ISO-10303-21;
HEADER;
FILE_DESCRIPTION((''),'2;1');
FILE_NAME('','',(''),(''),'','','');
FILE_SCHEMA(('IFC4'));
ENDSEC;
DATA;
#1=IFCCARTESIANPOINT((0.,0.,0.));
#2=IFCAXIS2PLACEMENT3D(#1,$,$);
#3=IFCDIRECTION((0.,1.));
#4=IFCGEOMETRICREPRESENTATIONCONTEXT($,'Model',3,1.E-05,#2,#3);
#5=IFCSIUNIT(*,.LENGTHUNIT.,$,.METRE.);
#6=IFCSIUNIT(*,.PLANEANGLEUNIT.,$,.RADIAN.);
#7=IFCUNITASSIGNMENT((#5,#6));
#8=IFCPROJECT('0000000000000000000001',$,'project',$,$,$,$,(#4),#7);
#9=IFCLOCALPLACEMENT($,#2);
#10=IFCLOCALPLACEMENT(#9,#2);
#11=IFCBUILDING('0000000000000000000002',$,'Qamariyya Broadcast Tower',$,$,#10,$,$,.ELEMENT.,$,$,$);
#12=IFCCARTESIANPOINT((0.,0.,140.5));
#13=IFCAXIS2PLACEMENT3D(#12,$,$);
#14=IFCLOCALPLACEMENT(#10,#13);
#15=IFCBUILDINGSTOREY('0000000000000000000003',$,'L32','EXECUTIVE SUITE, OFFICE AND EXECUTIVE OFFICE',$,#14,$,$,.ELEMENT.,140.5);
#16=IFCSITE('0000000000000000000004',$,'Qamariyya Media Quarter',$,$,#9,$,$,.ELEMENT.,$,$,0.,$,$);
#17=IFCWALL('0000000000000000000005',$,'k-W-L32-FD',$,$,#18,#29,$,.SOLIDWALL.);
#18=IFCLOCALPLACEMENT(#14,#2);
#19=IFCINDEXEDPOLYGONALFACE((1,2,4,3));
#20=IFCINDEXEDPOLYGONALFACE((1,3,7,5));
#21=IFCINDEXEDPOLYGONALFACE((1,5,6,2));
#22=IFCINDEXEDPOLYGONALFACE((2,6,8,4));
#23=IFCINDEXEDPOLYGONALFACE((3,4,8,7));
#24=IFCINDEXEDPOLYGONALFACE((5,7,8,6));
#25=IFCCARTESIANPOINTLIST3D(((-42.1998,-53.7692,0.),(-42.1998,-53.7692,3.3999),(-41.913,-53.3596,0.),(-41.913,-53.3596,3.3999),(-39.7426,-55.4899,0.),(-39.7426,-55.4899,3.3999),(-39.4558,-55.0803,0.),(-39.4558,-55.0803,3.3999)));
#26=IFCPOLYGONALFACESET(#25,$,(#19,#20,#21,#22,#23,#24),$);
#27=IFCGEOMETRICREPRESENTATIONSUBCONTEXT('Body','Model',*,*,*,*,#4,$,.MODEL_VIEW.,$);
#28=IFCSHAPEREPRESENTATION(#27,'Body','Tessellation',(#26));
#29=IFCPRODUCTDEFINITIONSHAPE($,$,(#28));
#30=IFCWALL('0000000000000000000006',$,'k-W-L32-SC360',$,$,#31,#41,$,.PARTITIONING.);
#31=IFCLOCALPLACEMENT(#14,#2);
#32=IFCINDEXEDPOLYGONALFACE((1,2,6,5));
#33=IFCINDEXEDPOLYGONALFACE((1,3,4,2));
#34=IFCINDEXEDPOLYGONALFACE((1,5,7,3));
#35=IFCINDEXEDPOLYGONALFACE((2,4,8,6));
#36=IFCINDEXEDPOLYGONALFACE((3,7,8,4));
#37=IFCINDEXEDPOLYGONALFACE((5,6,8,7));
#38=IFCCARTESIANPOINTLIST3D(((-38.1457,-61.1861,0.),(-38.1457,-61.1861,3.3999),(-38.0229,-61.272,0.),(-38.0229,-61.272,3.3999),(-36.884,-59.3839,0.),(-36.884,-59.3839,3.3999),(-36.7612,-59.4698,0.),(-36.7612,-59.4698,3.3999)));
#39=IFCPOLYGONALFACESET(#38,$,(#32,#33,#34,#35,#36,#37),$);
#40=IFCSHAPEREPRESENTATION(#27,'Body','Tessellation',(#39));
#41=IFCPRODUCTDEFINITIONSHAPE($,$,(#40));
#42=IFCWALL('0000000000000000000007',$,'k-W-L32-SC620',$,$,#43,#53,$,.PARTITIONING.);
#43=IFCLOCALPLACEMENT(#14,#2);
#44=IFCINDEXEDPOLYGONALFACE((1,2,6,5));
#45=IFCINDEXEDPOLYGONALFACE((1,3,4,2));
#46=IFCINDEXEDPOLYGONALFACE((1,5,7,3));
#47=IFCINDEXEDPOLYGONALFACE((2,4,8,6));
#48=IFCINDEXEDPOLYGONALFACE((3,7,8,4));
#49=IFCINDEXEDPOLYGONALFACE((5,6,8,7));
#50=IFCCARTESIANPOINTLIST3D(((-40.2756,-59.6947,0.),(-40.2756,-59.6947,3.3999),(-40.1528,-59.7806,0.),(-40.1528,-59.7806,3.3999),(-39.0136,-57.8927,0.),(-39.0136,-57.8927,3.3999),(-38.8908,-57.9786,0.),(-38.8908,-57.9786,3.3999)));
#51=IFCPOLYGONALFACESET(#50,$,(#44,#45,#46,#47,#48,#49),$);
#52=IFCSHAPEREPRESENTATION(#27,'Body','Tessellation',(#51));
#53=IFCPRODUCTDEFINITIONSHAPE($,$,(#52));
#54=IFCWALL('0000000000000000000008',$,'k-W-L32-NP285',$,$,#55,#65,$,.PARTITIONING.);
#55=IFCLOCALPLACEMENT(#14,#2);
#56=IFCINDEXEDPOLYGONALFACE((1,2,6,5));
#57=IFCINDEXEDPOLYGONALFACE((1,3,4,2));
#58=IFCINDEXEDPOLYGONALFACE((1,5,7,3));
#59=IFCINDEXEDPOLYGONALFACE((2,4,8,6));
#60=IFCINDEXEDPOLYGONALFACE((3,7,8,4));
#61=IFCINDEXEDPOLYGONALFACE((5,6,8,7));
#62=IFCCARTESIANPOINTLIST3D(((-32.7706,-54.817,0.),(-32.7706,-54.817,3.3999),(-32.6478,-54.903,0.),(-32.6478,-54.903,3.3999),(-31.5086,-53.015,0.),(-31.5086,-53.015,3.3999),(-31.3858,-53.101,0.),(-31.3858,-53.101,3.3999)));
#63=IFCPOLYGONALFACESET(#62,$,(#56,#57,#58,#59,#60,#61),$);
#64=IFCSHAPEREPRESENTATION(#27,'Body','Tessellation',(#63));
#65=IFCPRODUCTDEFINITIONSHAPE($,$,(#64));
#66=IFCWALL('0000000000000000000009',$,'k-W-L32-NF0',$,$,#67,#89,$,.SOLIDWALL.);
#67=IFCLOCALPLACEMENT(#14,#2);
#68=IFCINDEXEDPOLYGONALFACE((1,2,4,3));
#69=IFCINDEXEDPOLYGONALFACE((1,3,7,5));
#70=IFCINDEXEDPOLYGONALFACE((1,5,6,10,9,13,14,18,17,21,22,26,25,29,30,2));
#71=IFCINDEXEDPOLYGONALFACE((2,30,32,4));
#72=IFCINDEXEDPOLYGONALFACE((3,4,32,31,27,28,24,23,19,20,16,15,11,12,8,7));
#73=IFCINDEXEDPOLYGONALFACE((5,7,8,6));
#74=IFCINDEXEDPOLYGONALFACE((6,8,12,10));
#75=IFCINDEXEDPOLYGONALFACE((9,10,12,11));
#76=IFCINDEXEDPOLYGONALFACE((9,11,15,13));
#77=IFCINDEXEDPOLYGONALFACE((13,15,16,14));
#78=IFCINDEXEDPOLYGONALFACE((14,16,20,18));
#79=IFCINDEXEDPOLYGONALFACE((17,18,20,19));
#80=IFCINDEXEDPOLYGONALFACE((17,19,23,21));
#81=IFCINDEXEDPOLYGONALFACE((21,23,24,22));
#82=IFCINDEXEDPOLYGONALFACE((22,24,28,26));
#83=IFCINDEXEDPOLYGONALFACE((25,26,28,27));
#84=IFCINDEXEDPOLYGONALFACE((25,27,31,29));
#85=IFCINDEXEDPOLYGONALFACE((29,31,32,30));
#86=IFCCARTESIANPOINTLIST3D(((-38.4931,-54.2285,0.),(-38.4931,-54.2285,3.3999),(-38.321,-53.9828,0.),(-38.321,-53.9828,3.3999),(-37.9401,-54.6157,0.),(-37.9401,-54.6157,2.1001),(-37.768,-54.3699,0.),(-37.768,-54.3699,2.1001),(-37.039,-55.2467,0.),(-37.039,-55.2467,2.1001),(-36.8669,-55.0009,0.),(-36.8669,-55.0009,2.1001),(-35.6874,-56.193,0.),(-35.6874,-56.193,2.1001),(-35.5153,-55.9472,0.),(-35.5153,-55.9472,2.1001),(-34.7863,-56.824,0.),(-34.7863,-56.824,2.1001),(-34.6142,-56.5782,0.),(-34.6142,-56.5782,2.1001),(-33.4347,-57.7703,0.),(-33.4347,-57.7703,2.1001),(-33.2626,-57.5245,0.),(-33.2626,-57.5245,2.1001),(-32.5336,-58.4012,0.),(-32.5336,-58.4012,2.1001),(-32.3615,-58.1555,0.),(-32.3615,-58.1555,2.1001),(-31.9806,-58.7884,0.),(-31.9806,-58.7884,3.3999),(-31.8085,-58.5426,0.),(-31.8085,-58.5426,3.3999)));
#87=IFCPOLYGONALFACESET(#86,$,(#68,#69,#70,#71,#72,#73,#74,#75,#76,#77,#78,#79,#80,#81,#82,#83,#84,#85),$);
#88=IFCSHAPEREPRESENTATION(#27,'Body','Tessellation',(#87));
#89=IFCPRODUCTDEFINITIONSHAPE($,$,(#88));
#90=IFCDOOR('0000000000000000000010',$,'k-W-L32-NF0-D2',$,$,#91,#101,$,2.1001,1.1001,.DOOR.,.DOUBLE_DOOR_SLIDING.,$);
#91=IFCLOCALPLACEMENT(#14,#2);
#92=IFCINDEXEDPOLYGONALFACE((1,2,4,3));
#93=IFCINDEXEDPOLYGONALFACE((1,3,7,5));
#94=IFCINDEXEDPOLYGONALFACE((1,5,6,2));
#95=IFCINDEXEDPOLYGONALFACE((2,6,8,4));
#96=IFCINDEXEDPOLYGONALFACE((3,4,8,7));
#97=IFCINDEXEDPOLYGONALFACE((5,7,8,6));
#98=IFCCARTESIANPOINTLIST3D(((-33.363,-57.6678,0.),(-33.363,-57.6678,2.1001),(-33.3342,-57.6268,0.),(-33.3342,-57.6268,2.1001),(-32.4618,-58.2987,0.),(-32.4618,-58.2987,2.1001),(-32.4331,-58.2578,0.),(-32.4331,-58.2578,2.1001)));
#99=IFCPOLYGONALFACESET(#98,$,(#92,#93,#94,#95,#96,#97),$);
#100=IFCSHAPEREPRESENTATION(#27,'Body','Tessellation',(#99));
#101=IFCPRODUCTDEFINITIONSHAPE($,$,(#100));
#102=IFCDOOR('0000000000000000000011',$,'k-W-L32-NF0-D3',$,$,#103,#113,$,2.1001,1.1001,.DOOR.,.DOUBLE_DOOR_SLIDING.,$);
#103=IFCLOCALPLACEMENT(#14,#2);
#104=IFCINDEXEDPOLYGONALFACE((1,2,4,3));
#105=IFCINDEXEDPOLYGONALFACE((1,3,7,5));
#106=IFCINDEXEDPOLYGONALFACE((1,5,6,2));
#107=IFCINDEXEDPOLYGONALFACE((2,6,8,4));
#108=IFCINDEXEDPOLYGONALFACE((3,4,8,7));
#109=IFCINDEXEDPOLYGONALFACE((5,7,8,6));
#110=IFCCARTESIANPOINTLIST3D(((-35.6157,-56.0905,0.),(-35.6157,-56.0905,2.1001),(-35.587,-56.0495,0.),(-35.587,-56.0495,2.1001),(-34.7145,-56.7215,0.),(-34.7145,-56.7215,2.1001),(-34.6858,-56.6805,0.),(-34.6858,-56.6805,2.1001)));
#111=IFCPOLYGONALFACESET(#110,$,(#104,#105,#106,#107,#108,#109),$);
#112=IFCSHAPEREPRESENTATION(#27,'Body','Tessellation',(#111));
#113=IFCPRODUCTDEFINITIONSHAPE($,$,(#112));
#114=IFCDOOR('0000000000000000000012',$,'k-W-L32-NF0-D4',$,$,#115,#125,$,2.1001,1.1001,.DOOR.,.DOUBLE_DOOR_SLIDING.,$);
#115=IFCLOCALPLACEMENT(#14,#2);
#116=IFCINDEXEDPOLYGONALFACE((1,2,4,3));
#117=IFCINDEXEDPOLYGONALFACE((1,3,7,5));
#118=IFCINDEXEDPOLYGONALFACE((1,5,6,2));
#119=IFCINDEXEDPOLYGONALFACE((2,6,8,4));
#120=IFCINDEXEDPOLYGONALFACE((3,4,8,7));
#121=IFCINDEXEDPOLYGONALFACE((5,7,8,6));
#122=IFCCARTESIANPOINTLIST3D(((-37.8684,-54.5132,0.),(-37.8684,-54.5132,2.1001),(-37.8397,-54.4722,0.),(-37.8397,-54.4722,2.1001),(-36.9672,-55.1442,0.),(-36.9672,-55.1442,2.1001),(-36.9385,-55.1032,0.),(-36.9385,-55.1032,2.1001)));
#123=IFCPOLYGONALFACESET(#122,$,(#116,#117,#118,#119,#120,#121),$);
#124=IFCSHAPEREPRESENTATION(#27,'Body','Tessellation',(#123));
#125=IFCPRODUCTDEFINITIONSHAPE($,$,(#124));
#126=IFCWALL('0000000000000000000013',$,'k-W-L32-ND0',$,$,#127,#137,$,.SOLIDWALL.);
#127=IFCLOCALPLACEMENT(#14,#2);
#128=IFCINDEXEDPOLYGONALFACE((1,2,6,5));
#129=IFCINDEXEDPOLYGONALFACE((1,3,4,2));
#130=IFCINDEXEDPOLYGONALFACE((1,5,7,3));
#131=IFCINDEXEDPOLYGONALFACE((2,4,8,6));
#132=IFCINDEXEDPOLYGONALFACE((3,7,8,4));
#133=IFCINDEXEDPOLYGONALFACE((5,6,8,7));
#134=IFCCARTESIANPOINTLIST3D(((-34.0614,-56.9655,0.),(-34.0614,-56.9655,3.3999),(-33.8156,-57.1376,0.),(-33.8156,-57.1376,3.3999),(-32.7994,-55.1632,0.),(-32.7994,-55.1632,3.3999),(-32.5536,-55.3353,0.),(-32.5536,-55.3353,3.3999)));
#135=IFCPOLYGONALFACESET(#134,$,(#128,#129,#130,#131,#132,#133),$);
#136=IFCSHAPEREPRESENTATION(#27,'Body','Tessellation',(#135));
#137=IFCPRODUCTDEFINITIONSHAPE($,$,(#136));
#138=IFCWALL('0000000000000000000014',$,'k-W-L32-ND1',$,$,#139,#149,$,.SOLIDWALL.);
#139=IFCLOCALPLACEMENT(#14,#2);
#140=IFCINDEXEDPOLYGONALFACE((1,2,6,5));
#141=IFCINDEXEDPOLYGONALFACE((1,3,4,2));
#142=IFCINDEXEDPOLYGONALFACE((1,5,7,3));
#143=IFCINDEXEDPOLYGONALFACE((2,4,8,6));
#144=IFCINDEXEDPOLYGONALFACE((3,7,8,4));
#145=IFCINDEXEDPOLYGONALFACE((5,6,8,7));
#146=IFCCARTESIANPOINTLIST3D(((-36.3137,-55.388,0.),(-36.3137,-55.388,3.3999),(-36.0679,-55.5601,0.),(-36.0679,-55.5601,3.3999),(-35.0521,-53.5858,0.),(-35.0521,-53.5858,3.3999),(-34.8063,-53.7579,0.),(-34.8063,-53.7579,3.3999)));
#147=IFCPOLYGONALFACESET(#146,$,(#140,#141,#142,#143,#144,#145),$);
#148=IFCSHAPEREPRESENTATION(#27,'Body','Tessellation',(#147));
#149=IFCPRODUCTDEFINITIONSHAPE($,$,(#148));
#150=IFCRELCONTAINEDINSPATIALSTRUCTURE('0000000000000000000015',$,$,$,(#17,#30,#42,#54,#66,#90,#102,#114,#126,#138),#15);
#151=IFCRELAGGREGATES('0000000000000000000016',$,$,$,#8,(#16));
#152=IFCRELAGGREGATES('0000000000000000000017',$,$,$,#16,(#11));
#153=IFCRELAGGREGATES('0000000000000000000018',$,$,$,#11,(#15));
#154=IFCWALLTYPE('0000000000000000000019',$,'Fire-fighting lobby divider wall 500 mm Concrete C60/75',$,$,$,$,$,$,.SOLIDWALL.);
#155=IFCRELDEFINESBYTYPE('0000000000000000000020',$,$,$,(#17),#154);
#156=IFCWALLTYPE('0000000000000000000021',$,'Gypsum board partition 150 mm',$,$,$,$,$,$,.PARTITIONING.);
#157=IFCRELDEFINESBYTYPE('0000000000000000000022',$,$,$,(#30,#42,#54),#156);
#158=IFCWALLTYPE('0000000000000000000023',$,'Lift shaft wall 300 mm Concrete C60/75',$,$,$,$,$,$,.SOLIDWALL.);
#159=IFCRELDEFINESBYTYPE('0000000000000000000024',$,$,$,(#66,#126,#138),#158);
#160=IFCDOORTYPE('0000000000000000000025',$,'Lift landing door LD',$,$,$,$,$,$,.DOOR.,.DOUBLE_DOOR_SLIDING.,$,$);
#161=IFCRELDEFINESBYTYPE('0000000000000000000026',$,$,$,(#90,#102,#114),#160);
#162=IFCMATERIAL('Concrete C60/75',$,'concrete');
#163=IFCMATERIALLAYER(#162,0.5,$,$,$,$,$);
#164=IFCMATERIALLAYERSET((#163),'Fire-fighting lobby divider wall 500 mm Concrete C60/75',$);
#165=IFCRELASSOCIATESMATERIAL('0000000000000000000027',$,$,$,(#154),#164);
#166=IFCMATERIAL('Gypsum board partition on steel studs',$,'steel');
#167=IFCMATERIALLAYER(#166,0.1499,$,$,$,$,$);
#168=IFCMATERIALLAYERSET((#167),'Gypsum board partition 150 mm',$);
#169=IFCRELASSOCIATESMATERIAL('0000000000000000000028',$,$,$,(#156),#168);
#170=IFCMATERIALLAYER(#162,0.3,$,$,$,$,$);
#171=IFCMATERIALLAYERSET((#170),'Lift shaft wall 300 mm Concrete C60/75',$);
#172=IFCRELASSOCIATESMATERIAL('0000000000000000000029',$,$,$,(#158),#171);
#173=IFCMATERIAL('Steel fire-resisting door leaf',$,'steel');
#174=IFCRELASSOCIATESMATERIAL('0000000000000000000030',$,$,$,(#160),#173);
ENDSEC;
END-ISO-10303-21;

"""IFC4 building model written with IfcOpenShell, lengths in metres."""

from ifc_helpers import new_model, si_unit, direction, frame, frame_2d, origin, place, context, subcontext, project, spatial, rectangle, extrude, material, layer, layer_set, type_object, element, fill, save


model = new_model("IFC4")

# Units and contexts
model_context = context("Model", 3, precision=1e-05, world=origin(), true_north=direction((0.0, 1.0)))
body_context = subcontext(model_context, "Body", "Model", "MODEL_VIEW")
ifc_project = project(units=[si_unit("LENGTHUNIT", "METRE"), si_unit("PLANEANGLEUNIT", "RADIAN")], contexts=[model_context])

# Site, building, storey
site_placement = place(None, origin())
site = spatial("IfcSite", under=ifc_project, at=site_placement, Name="Qamariyya Media Quarter", CompositionType="ELEMENT", RefElevation=0.0)
building_placement = place(site_placement, origin())
building = spatial("IfcBuilding", under=site, at=building_placement, Name="Qamariyya Broadcast Tower", CompositionType="ELEMENT")
storey_placement = place(building_placement, frame((0.0, 0.0, 140.5)))
storey = spatial("IfcBuildingStorey", under=building, at=storey_placement, Name="L32", Description="EXECUTIVE SUITE, OFFICE AND EXECUTIVE OFFICE", CompositionType="ELEMENT", Elevation=140.5)

# Walls
ifc_material_1 = material(Name="Concrete C60/75", Category="concrete")
ifc_layer_1 = layer(ifc_material_1, 0.5)
ifc_layer_set_1 = layer_set([ifc_layer_1], Name="Fire-fighting lobby divider wall 500 mm Concrete C60/75")
wall_type_1 = type_object("IfcWallType", Name="Fire-fighting lobby divider wall 500 mm Concrete C60/75", PredefinedType="SOLIDWALL", material=ifc_layer_set_1)
wall_1_placement = place(storey_placement, frame((-39.5991, -55.2852, 0.0), z_axis=(0.0, 0.0, 1.0), x_axis=(-0.819136, 0.573599, 0.0)))
element("IfcWall", 1, at=wall_1_placement, inside=storey, type_object=wall_type_1, Name="k-W-L32-FD", PredefinedType="SOLIDWALL", context=body_context, shape_type="SweptSolid", body=[
    extrude(rectangle(XDim=2.9998, YDim=0.5, at=frame_2d((1.5, 0.0))), origin(), (0.0, 0.0, 1.0), 3.3999),
])
ifc_material_2 = material(Name="Gypsum board partition on steel studs", Category="steel")
ifc_layer_2 = layer(ifc_material_2, 0.1499)
ifc_layer_set_2 = layer_set([ifc_layer_2], Name="Gypsum board partition 150 mm")
wall_type_2 = type_object("IfcWallType", Name="Gypsum board partition 150 mm", PredefinedType="PARTITIONING", material=ifc_layer_set_2)
for number, where, z_axis, x_axis, name in (
    (2, (-36.8225, -59.4268, 0.0), (0.0, 0.0, 1.0), (-0.573507, -0.819201, 0.0), "k-W-L32-SC360"),
    (3, (-38.9521, -57.9355, 0.0), (0.0, 0.0, 1.0), (-0.573634, -0.819112, 0.0), "k-W-L32-SC620"),
    (4, (-32.7092, -54.8601, 0.0), (0.0, 0.0, 1.0), (0.573634, 0.819112, 0.0), "k-W-L32-NP285"),
):
    element("IfcWall", number, at=place(storey_placement, frame(where, z_axis=z_axis, x_axis=x_axis)), inside=storey, type_object=wall_type_2, Name=name, PredefinedType="PARTITIONING", context=body_context, shape_type="SweptSolid", body=[
        extrude(rectangle(XDim=2.2, YDim=0.1499, at=frame_2d((1.1001, 0.0))), origin(), (0.0, 0.0, 1.0), 3.3999),
    ])

# Wall, openings, doors
ifc_layer_3 = layer(ifc_material_1, 0.3)
ifc_layer_set_3 = layer_set([ifc_layer_3], Name="Lift shaft wall 300 mm Concrete C60/75")
wall_type_3 = type_object("IfcWallType", Name="Lift shaft wall 300 mm Concrete C60/75", PredefinedType="SOLIDWALL", material=ifc_layer_set_3)
wall_2_placement = place(storey_placement, frame((-31.8945, -58.6655, 0.0), z_axis=(0.0, 0.0, 1.0), x_axis=(-0.819167, 0.573555, 0.0)))
wall_2 = element("IfcWall", 5, at=wall_2_placement, inside=storey, type_object=wall_type_3, Name="k-W-L32-NF0", PredefinedType="SOLIDWALL", context=body_context, shape_type="SweptSolid", body=[
    extrude(rectangle(XDim=7.9502, YDim=0.3, at=frame_2d((3.9751, 0.0))), origin(), (0.0, 0.0, 1.0), 3.3999),
])
opening_1_placement = place(wall_2_placement, frame((0.675, 0.0, 0.0)))
opening_1 = element("IfcOpeningElement", 6, at=opening_1_placement, cuts=wall_2, PredefinedType="OPENING", context=body_context, shape_type="SweptSolid", body=[
    extrude(rectangle(XDim=1.1001, YDim=2.1001, at=frame_2d((0.55, 1.05))), frame((0.0, 0.1599, 0.0), z_axis=(0.0, -1.0, 0.0), x_axis=(1.0, 0.0, 0.0)), (0.0, 0.0, 1.0), 0.3201),
])
opening_2_placement = place(wall_2_placement, frame((3.425, 0.0, 0.0)))
opening_2 = element("IfcOpeningElement", 7, at=opening_2_placement, cuts=wall_2, PredefinedType="OPENING", context=body_context, shape_type="SweptSolid", body=[
    extrude(rectangle(XDim=1.1001, YDim=2.1001, at=frame_2d((0.55, 1.05))), frame((0.0, 0.1599, 0.0), z_axis=(0.0, -1.0, 0.0), x_axis=(1.0, 0.0, 0.0)), (0.0, 0.0, 1.0), 0.3201),
])
opening_3_placement = place(wall_2_placement, frame((6.175, 0.0, 0.0)))
opening_3 = element("IfcOpeningElement", 8, at=opening_3_placement, cuts=wall_2, PredefinedType="OPENING", context=body_context, shape_type="SweptSolid", body=[
    extrude(rectangle(XDim=1.1001, YDim=2.1001, at=frame_2d((0.55, 1.05))), frame((0.0, 0.1599, 0.0), z_axis=(0.0, -1.0, 0.0), x_axis=(1.0, 0.0, 0.0)), (0.0, 0.0, 1.0), 0.3201),
])
ifc_material_3 = material(Name="Steel fire-resisting door leaf", Category="steel")
door_type_1 = type_object("IfcDoorType", Name="Lift landing door LD", OperationType="DOUBLE_DOOR_SLIDING", PredefinedType="DOOR", material=ifc_material_3)
door_1_placement = place(opening_1_placement, origin())
door_1 = element("IfcDoor", 9, at=door_1_placement, inside=storey, type_object=door_type_1, Name="k-W-L32-NF0-D2", OperationType="DOUBLE_DOOR_SLIDING", OverallHeight=2.1001, OverallWidth=1.1001, PredefinedType="DOOR", context=body_context, shape_type="SweptSolid", body=[
    extrude(rectangle(XDim=1.1001, YDim=2.1001, at=frame_2d((0.55, 1.05))), frame((0.0, 0.0249, 0.0), z_axis=(0.0, -1.0, 0.0), x_axis=(1.0, 0.0, 0.0)), (0.0, 0.0, 1.0), 0.05),
])
fill(opening_1, door_1)
door_2_placement = place(opening_2_placement, origin())
door_2 = element("IfcDoor", 10, at=door_2_placement, inside=storey, type_object=door_type_1, Name="k-W-L32-NF0-D3", OperationType="DOUBLE_DOOR_SLIDING", OverallHeight=2.1001, OverallWidth=1.1001, PredefinedType="DOOR", context=body_context, shape_type="SweptSolid", body=[
    extrude(rectangle(XDim=1.1001, YDim=2.1001, at=frame_2d((0.55, 1.05))), frame((0.0, 0.0249, 0.0), z_axis=(0.0, -1.0, 0.0), x_axis=(1.0, 0.0, 0.0)), (0.0, 0.0, 1.0), 0.05),
])
fill(opening_2, door_2)
door_3_placement = place(opening_3_placement, origin())
door_3 = element("IfcDoor", 11, at=door_3_placement, inside=storey, type_object=door_type_1, Name="k-W-L32-NF0-D4", OperationType="DOUBLE_DOOR_SLIDING", OverallHeight=2.1001, OverallWidth=1.1001, PredefinedType="DOOR", context=body_context, shape_type="SweptSolid", body=[
    extrude(rectangle(XDim=1.1001, YDim=2.1001, at=frame_2d((0.55, 1.05))), frame((0.0, 0.0249, 0.0), z_axis=(0.0, -1.0, 0.0), x_axis=(1.0, 0.0, 0.0)), (0.0, 0.0, 1.0), 0.05),
])
fill(opening_3, door_3)

# Walls
wall_3_placement = place(storey_placement, frame((-33.9385, -57.0515, 0.0), z_axis=(0.0, 0.0, 1.0), x_axis=(0.573581, 0.819149, 0.0)))
element("IfcWall", 12, at=wall_3_placement, inside=storey, type_object=wall_type_3, Name="k-W-L32-ND0", PredefinedType="SOLIDWALL", context=body_context, shape_type="SweptSolid", body=[
    extrude(rectangle(XDim=2.2002, YDim=0.3, at=frame_2d((1.1001, 0.0))), origin(), (0.0, 0.0, 1.0), 3.3999),
])
wall_4_placement = place(storey_placement, frame((-36.1909, -55.4741, 0.0), z_axis=(0.0, 0.0, 1.0), x_axis=(0.573507, 0.819201, 0.0)))
element("IfcWall", 13, at=wall_4_placement, inside=storey, type_object=wall_type_3, Name="k-W-L32-ND1", PredefinedType="SOLIDWALL", context=body_context, shape_type="SweptSolid", body=[
    extrude(rectangle(XDim=2.2, YDim=0.3, at=frame_2d((1.1001, 0.0))), origin(), (0.0, 0.0, 1.0), 3.3999),
])

save(model, "model.ifc")
